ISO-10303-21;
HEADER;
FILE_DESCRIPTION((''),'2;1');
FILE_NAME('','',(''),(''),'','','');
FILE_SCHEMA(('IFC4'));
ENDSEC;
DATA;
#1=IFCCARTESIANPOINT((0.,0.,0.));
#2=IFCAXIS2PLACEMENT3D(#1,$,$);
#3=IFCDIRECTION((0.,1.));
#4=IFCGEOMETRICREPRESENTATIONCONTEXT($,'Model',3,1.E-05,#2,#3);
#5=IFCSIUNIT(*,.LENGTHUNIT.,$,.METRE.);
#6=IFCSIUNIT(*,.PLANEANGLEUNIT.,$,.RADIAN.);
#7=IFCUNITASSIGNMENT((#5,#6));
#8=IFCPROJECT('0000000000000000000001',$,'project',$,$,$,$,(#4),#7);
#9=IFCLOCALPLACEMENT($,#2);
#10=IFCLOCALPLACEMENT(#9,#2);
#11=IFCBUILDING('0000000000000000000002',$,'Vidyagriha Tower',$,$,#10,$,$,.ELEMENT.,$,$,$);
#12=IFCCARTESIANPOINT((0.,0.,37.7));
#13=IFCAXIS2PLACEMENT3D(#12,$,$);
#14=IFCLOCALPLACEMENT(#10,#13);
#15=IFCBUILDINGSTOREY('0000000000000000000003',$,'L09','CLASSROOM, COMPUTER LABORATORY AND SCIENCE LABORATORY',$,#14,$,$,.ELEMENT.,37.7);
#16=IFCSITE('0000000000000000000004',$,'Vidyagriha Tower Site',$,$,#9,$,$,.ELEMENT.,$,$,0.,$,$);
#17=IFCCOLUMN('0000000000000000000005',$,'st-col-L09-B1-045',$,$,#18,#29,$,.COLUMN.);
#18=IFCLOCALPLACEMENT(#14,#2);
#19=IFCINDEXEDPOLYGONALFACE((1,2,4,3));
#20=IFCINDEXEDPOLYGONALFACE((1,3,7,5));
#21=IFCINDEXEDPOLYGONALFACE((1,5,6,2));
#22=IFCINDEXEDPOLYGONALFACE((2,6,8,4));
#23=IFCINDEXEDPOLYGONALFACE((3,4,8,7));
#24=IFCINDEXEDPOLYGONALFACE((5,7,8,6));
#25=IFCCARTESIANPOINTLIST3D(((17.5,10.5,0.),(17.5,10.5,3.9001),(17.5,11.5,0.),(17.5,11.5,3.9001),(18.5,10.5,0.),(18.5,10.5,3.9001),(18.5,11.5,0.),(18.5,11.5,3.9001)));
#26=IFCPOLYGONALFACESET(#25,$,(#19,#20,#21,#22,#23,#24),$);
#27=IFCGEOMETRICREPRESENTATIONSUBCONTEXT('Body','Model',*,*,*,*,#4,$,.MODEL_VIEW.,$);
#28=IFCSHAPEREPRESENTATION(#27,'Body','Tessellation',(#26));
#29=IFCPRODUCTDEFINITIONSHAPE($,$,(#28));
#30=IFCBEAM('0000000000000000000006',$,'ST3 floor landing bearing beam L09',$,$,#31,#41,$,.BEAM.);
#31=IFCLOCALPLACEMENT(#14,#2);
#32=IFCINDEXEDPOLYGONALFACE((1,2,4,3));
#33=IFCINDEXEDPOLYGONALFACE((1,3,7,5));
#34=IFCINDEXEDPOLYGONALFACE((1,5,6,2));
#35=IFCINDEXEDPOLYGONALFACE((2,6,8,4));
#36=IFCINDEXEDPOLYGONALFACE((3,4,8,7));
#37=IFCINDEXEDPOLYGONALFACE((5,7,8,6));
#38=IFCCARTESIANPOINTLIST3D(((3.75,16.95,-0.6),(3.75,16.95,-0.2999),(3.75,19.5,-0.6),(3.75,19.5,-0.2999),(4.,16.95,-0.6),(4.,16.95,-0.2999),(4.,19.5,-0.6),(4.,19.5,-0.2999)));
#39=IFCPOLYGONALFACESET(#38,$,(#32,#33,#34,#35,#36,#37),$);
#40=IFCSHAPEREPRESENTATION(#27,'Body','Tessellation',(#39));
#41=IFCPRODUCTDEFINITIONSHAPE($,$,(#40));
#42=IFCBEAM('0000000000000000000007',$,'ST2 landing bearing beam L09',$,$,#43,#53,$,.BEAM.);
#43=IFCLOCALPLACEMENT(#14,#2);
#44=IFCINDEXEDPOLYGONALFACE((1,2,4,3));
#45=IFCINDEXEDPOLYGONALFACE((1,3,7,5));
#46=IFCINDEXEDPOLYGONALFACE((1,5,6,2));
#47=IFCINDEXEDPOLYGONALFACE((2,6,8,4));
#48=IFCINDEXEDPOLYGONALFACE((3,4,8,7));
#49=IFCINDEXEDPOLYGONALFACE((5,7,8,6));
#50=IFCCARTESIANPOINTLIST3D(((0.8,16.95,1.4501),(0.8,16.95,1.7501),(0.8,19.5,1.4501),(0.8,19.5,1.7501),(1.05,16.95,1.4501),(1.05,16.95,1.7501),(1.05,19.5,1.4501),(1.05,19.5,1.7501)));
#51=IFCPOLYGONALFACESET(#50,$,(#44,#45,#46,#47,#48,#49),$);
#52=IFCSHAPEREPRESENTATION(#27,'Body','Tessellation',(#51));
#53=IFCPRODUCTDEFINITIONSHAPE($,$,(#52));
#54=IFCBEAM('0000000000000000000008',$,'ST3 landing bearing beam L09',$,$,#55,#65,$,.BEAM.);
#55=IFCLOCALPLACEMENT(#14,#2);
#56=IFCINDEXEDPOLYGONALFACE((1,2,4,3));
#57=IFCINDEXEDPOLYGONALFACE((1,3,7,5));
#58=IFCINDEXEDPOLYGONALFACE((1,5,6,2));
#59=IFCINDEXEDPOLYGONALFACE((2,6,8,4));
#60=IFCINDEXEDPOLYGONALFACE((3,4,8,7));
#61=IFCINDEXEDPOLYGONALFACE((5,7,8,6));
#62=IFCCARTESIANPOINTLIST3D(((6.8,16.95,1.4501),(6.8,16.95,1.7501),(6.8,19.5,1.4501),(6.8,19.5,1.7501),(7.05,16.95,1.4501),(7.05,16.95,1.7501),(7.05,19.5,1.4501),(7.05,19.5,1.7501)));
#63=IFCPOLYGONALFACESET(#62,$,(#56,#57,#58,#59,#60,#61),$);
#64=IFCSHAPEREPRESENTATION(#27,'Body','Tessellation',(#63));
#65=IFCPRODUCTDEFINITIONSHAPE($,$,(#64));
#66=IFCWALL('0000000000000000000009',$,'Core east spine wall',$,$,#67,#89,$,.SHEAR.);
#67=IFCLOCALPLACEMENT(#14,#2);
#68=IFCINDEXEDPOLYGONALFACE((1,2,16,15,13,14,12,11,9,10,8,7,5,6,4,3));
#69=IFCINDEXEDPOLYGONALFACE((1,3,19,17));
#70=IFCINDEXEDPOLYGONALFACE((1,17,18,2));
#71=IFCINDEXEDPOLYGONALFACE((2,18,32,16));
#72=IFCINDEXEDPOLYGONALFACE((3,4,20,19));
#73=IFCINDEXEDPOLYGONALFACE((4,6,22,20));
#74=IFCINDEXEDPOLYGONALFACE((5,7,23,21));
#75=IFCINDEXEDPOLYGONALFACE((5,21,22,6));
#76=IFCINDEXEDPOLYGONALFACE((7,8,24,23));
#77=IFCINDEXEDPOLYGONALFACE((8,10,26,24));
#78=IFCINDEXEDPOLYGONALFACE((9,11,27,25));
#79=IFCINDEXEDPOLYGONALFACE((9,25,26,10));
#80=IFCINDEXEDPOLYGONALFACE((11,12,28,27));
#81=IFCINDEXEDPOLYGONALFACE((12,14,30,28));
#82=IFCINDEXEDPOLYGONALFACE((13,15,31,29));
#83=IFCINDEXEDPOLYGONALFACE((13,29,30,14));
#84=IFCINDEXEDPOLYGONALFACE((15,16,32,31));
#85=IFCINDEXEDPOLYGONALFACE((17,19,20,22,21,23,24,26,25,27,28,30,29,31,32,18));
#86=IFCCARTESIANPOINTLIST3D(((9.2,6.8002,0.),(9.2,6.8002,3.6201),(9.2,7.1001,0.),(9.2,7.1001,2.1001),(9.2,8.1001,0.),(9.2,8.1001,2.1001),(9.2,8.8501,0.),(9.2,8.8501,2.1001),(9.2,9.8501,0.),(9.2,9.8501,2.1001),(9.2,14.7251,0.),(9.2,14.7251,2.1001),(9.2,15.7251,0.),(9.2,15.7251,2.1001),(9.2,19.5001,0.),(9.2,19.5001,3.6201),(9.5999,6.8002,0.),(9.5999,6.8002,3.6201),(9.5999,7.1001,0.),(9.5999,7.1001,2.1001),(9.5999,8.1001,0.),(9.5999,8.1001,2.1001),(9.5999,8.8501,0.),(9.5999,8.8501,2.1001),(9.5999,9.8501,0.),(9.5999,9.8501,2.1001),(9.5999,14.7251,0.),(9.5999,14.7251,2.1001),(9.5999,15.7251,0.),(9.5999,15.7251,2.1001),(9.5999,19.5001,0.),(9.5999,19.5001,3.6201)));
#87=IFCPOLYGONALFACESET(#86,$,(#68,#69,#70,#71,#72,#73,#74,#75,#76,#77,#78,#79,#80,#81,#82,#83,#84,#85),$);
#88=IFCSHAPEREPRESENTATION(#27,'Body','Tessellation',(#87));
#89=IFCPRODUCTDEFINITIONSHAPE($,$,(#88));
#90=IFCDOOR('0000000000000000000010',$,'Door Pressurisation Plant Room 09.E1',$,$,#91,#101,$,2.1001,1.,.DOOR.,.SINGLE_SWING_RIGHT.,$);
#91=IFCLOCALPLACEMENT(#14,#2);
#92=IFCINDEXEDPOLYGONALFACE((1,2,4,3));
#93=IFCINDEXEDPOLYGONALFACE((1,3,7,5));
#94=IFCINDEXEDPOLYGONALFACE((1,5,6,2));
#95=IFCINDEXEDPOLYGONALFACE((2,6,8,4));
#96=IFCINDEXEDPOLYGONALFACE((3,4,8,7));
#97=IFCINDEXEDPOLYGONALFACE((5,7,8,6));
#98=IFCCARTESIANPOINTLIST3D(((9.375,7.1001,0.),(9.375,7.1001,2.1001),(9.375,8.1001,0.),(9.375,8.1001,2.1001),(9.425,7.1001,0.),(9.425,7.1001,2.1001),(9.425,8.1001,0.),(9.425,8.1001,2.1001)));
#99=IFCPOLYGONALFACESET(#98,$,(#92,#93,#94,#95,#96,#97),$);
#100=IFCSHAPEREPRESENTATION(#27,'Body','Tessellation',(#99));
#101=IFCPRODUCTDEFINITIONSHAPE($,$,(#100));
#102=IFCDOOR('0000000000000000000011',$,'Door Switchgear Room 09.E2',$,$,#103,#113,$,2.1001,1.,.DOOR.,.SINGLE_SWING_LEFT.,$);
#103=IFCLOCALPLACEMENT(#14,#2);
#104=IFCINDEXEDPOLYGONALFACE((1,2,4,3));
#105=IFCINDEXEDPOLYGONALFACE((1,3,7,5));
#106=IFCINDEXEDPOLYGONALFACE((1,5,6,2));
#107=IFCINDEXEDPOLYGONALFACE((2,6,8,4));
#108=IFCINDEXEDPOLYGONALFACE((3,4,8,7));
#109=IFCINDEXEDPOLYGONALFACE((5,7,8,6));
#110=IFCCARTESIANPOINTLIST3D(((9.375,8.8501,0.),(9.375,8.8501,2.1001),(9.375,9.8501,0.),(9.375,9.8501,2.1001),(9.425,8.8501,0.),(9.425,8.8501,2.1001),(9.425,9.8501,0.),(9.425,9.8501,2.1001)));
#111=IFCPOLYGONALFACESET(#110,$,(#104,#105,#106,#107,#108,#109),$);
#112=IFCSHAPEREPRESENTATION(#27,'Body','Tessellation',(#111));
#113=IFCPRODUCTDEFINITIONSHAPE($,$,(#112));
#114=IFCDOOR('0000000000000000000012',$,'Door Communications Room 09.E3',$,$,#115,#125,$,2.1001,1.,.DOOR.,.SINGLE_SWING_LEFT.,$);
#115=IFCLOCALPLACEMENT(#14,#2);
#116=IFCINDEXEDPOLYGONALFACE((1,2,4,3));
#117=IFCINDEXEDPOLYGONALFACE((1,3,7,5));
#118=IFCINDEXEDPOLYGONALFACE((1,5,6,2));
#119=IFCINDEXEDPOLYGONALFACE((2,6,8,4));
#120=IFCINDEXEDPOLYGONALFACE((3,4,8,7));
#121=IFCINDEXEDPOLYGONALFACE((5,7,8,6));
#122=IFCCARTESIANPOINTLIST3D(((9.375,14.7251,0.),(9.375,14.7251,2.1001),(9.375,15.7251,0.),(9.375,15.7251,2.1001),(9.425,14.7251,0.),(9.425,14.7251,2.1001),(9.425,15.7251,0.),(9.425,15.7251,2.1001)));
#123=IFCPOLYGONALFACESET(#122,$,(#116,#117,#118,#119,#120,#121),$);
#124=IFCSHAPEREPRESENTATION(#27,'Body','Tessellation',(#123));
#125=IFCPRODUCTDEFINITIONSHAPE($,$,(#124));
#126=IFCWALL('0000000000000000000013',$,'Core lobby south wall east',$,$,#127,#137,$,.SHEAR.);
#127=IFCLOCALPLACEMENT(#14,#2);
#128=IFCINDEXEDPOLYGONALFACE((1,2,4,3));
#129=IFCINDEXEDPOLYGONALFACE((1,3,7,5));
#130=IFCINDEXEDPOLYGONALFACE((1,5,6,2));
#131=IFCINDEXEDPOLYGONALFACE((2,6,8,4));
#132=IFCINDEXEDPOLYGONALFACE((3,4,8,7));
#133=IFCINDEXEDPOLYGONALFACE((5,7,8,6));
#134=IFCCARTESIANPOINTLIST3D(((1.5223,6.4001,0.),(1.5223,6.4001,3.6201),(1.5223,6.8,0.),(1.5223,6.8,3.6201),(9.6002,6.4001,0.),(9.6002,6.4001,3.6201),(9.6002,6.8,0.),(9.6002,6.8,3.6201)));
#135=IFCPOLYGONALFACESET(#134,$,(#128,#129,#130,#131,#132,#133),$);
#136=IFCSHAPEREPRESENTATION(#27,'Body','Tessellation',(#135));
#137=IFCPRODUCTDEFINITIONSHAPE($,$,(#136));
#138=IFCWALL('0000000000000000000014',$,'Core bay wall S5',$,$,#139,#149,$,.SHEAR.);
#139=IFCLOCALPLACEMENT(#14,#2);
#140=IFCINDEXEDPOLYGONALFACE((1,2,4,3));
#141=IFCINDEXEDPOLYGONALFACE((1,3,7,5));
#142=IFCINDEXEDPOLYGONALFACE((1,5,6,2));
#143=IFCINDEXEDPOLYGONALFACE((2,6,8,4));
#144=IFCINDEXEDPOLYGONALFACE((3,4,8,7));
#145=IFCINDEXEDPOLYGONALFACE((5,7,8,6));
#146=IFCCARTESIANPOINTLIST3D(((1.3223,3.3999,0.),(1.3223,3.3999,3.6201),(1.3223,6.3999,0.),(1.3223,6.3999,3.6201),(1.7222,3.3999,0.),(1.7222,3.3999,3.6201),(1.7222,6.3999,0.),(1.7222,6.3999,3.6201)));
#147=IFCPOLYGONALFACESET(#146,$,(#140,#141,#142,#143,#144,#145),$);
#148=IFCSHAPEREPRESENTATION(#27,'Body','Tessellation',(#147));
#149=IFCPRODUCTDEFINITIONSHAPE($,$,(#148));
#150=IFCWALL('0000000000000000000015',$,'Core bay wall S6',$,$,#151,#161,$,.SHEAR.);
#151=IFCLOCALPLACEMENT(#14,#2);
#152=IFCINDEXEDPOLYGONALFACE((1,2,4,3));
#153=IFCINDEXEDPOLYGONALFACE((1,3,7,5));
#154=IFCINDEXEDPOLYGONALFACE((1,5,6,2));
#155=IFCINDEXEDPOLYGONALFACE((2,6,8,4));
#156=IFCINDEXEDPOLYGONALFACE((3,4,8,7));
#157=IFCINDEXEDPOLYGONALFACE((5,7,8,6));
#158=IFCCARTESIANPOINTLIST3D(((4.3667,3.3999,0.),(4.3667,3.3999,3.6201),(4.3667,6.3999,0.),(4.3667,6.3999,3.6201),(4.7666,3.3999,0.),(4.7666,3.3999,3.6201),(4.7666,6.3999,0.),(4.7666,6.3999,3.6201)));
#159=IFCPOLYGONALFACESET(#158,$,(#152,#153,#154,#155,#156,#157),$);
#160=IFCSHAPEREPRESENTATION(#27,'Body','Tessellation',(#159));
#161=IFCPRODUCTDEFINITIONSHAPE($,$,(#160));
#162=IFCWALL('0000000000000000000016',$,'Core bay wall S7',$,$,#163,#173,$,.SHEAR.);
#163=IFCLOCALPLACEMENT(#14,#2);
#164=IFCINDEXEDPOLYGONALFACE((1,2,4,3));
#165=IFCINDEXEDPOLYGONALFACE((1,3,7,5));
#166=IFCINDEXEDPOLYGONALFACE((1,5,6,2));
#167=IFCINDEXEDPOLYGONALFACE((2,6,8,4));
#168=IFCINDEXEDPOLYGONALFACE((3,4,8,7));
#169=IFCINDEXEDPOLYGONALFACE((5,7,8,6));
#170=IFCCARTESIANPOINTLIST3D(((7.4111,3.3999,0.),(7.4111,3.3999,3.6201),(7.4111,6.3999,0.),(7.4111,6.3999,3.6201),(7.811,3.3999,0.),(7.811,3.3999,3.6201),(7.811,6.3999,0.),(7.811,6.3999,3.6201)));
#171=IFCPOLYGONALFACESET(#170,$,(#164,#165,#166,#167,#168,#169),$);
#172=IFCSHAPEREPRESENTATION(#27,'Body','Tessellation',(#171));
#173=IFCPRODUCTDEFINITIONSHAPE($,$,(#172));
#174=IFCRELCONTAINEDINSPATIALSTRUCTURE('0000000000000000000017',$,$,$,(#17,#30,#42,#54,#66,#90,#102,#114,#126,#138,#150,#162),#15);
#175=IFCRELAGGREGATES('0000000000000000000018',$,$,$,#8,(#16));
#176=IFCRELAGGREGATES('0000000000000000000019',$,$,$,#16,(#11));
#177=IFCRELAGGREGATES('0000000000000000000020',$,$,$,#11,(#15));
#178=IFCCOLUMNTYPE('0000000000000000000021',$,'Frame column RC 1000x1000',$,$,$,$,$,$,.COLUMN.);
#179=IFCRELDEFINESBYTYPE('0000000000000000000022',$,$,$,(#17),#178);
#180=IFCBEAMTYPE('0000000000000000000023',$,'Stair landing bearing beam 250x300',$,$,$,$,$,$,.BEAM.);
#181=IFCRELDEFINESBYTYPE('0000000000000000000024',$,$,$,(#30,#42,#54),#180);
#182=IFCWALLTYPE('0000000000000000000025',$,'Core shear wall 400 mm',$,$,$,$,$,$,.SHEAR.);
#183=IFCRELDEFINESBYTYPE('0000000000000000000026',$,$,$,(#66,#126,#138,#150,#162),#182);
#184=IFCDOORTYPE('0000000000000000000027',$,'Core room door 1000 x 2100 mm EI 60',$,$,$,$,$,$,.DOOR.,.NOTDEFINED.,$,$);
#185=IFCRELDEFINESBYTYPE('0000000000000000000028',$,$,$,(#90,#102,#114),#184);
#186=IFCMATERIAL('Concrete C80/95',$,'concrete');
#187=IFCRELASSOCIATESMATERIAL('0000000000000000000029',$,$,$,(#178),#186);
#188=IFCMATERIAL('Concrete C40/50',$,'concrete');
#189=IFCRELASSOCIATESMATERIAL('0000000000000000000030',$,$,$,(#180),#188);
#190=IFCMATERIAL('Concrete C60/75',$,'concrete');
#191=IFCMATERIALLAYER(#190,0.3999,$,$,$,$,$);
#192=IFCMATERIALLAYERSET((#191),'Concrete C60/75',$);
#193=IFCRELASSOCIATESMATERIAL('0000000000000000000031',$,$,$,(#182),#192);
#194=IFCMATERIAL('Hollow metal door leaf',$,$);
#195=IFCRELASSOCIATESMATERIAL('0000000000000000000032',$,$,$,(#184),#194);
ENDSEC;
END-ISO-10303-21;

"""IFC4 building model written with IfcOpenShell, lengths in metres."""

from ifc_helpers import new_model, si_unit, direction, frame, frame_2d, origin, origin_2d, place, context, subcontext, project, spatial, rectangle, extrude, material, layer, layer_set, material_profile, profile_set, type_object, element, fill, save


model = new_model("IFC4")

# Units and contexts
model_context = context("Model", 3, precision=1e-05, world=origin(), true_north=direction((0.0, 1.0)))
body_context = subcontext(model_context, "Body", "Model", "MODEL_VIEW")
ifc_project = project(units=[si_unit("LENGTHUNIT", "METRE"), si_unit("PLANEANGLEUNIT", "RADIAN")], contexts=[model_context])

# Site, building, storey
site_placement = place(None, origin())
site = spatial("IfcSite", under=ifc_project, at=site_placement, Name="Vidyagriha Tower Site", CompositionType="ELEMENT", RefElevation=0.0)
building_placement = place(site_placement, origin())
building = spatial("IfcBuilding", under=site, at=building_placement, Name="Vidyagriha Tower", CompositionType="ELEMENT")
storey_placement = place(building_placement, frame((0.0, 0.0, 37.7)))
storey = spatial("IfcBuildingStorey", under=building, at=storey_placement, Name="L09", Description="CLASSROOM, COMPUTER LABORATORY AND SCIENCE LABORATORY", CompositionType="ELEMENT", Elevation=37.7)

# Column
ifc_material_1 = material(Name="Concrete C80/95", Category="concrete")
ifc_material_profile_1 = material_profile(ifc_material_1, rectangle(XDim=1.0, YDim=1.0, at=origin_2d()), Name="RC 1000x1000")
ifc_profile_set_1 = profile_set([ifc_material_profile_1], Name="Concrete C80/95")
column_type = type_object("IfcColumnType", Name="Frame column RC 1000x1000", PredefinedType="COLUMN", material=ifc_profile_set_1)
column_placement = place(storey_placement, frame((18.0, 11.0, 0.0)))
element("IfcColumn", 1, at=column_placement, inside=storey, type_object=column_type, Name="st-col-L09-B1-045", PredefinedType="COLUMN", context=body_context, shape_type="SweptSolid", body=[
    extrude(rectangle(XDim=1.0, YDim=1.0, at=origin_2d()), origin(), (0.0, 0.0, 1.0), 3.9001),
])

# Beams
ifc_material_2 = material(Name="Concrete C40/50", Category="concrete")
ifc_material_profile_2 = material_profile(ifc_material_2, rectangle(XDim=0.25, YDim=0.3, at=origin_2d()), Name="Stair landing bearing beam 250x300")
ifc_profile_set_2 = profile_set([ifc_material_profile_2], Name="Concrete C40/50")
beam_type = type_object("IfcBeamType", Name="Stair landing bearing beam 250x300", PredefinedType="BEAM", material=ifc_profile_set_2)
for number, where, z_axis, x_axis, name in (
    (2, (3.875, 16.95, -0.45), (0.0, 1.0, 0.0), (-1.0, 0.0, 0.0), "ST3 floor landing bearing beam L09"),
    (3, (0.925, 16.95, 1.6001), (0.0, 1.0, 0.0), (-1.0, 0.0, 0.0), "ST2 landing bearing beam L09"),
    (4, (6.925, 16.95, 1.6001), (0.0, 1.0, 0.0), (-1.0, 0.0, 0.0), "ST3 landing bearing beam L09"),
):
    element("IfcBeam", number, at=place(storey_placement, frame(where, z_axis=z_axis, x_axis=x_axis)), inside=storey, type_object=beam_type, Name=name, PredefinedType="BEAM", context=body_context, shape_type="SweptSolid", body=[
        extrude(rectangle(XDim=0.25, YDim=0.3, at=origin_2d()), origin(), (0.0, 0.0, 1.0), 2.55),
    ])

# Wall, openings, doors
ifc_material_3 = material(Name="Concrete C60/75", Category="concrete")
ifc_layer_1 = layer(ifc_material_3, 0.3999)
ifc_layer_set_1 = layer_set([ifc_layer_1], Name="Concrete C60/75")
wall_type_1 = type_object("IfcWallType", Name="Core shear wall 400 mm", PredefinedType="SHEAR", material=ifc_layer_set_1)
wall_1_placement = place(storey_placement, frame((9.3999, 6.8, 0.0), z_axis=(0.0, 0.0, 1.0), x_axis=(0.0, 1.0, 0.0)))
wall_1 = element("IfcWall", 5, at=wall_1_placement, inside=storey, type_object=wall_type_1, Name="Core east spine wall", PredefinedType="SHEAR", context=body_context, shape_type="SweptSolid", body=[
    extrude(rectangle(XDim=12.7, YDim=0.3999, at=frame_2d((6.3501, 0.0))), origin(), (0.0, 0.0, 1.0), 3.6201),
])
opening_1_placement = place(wall_1_placement, frame((0.3, 0.0, 0.0)))
opening_1 = element("IfcOpeningElement", 6, at=opening_1_placement, cuts=wall_1, PredefinedType="OPENING", context=body_context, shape_type="SweptSolid", body=[
    extrude(rectangle(XDim=1.0, YDim=2.1001, at=frame_2d((0.5, 1.05))), frame((0.0, 0.21, 0.0), z_axis=(0.0, -1.0, 0.0), x_axis=(1.0, 0.0, 0.0)), (0.0, 0.0, 1.0), 0.4199),
])
opening_2_placement = place(wall_1_placement, frame((2.05, 0.0, 0.0)))
opening_2 = element("IfcOpeningElement", 7, at=opening_2_placement, cuts=wall_1, PredefinedType="OPENING", context=body_context, shape_type="SweptSolid", body=[
    extrude(rectangle(XDim=1.0, YDim=2.1001, at=frame_2d((0.5, 1.05))), frame((0.0, 0.21, 0.0), z_axis=(0.0, -1.0, 0.0), x_axis=(1.0, 0.0, 0.0)), (0.0, 0.0, 1.0), 0.4199),
])
opening_3_placement = place(wall_1_placement, frame((7.925, 0.0, 0.0)))
opening_3 = element("IfcOpeningElement", 8, at=opening_3_placement, cuts=wall_1, PredefinedType="OPENING", context=body_context, shape_type="SweptSolid", body=[
    extrude(rectangle(XDim=1.0, YDim=2.1001, at=frame_2d((0.5, 1.05))), frame((0.0, 0.21, 0.0), z_axis=(0.0, -1.0, 0.0), x_axis=(1.0, 0.0, 0.0)), (0.0, 0.0, 1.0), 0.4199),
])
ifc_material_4 = material(Name="Hollow metal door leaf")
door_type_1 = type_object("IfcDoorType", Name="Core room door 1000 x 2100 mm EI 60", OperationType="NOTDEFINED", PredefinedType="DOOR", material=ifc_material_4)
door_1_placement = place(opening_1_placement, origin())
door_1 = element("IfcDoor", 9, at=door_1_placement, inside=storey, type_object=door_type_1, Name="Door Pressurisation Plant Room 09.E1", OperationType="SINGLE_SWING_RIGHT", OverallHeight=2.1001, OverallWidth=1.0, PredefinedType="DOOR", context=body_context, shape_type="SweptSolid", body=[
    extrude(rectangle(XDim=1.0, YDim=2.1001, at=frame_2d((0.5, 1.05))), frame((0.0, 0.0249, 0.0), z_axis=(0.0, -1.0, 0.0), x_axis=(1.0, 0.0, 0.0)), (0.0, 0.0, 1.0), 0.05),
])
fill(opening_1, door_1)
door_2_placement = place(opening_2_placement, origin())
door_2 = element("IfcDoor", 10, at=door_2_placement, inside=storey, type_object=door_type_1, Name="Door Switchgear Room 09.E2", OperationType="SINGLE_SWING_LEFT", OverallHeight=2.1001, OverallWidth=1.0, PredefinedType="DOOR", context=body_context, shape_type="SweptSolid", body=[
    extrude(rectangle(XDim=1.0, YDim=2.1001, at=frame_2d((0.5, 1.05))), frame((0.0, 0.0249, 0.0), z_axis=(0.0, -1.0, 0.0), x_axis=(1.0, 0.0, 0.0)), (0.0, 0.0, 1.0), 0.05),
])
fill(opening_2, door_2)
door_3_placement = place(opening_3_placement, origin())
door_3 = element("IfcDoor", 11, at=door_3_placement, inside=storey, type_object=door_type_1, Name="Door Communications Room 09.E3", OperationType="SINGLE_SWING_LEFT", OverallHeight=2.1001, OverallWidth=1.0, PredefinedType="DOOR", context=body_context, shape_type="SweptSolid", body=[
    extrude(rectangle(XDim=1.0, YDim=2.1001, at=frame_2d((0.5, 1.05))), frame((0.0, 0.0249, 0.0), z_axis=(0.0, -1.0, 0.0), x_axis=(1.0, 0.0, 0.0)), (0.0, 0.0, 1.0), 0.05),
])
fill(opening_3, door_3)

# Walls
wall_2_placement = place(storey_placement, frame((1.5222, 6.6001, 0.0)))
element("IfcWall", 12, at=wall_2_placement, inside=storey, type_object=wall_type_1, Name="Core lobby south wall east", PredefinedType="SHEAR", context=body_context, shape_type="SweptSolid", body=[
    extrude(rectangle(XDim=8.0779, YDim=0.3999, at=frame_2d((4.0391, 0.0))), origin(), (0.0, 0.0, 1.0), 3.6201),
])
for number, where, z_axis, x_axis, name in (
    (13, (1.5222, 3.3999, 0.0), (0.0, 0.0, 1.0), (0.0, 1.0, 0.0), "Core bay wall S5"),
    (14, (4.5667, 3.3999, 0.0), (0.0, 0.0, 1.0), (0.0, 1.0, 0.0), "Core bay wall S6"),
    (15, (7.6111, 3.3999, 0.0), (0.0, 0.0, 1.0), (0.0, 1.0, 0.0), "Core bay wall S7"),
):
    element("IfcWall", number, at=place(storey_placement, frame(where, z_axis=z_axis, x_axis=x_axis)), inside=storey, type_object=wall_type_1, Name=name, PredefinedType="SHEAR", context=body_context, shape_type="SweptSolid", body=[
        extrude(rectangle(XDim=3.0, YDim=0.3999, at=frame_2d((1.5, 0.0))), origin(), (0.0, 0.0, 1.0), 3.6201),
    ])

save(model, "model.ifc")
